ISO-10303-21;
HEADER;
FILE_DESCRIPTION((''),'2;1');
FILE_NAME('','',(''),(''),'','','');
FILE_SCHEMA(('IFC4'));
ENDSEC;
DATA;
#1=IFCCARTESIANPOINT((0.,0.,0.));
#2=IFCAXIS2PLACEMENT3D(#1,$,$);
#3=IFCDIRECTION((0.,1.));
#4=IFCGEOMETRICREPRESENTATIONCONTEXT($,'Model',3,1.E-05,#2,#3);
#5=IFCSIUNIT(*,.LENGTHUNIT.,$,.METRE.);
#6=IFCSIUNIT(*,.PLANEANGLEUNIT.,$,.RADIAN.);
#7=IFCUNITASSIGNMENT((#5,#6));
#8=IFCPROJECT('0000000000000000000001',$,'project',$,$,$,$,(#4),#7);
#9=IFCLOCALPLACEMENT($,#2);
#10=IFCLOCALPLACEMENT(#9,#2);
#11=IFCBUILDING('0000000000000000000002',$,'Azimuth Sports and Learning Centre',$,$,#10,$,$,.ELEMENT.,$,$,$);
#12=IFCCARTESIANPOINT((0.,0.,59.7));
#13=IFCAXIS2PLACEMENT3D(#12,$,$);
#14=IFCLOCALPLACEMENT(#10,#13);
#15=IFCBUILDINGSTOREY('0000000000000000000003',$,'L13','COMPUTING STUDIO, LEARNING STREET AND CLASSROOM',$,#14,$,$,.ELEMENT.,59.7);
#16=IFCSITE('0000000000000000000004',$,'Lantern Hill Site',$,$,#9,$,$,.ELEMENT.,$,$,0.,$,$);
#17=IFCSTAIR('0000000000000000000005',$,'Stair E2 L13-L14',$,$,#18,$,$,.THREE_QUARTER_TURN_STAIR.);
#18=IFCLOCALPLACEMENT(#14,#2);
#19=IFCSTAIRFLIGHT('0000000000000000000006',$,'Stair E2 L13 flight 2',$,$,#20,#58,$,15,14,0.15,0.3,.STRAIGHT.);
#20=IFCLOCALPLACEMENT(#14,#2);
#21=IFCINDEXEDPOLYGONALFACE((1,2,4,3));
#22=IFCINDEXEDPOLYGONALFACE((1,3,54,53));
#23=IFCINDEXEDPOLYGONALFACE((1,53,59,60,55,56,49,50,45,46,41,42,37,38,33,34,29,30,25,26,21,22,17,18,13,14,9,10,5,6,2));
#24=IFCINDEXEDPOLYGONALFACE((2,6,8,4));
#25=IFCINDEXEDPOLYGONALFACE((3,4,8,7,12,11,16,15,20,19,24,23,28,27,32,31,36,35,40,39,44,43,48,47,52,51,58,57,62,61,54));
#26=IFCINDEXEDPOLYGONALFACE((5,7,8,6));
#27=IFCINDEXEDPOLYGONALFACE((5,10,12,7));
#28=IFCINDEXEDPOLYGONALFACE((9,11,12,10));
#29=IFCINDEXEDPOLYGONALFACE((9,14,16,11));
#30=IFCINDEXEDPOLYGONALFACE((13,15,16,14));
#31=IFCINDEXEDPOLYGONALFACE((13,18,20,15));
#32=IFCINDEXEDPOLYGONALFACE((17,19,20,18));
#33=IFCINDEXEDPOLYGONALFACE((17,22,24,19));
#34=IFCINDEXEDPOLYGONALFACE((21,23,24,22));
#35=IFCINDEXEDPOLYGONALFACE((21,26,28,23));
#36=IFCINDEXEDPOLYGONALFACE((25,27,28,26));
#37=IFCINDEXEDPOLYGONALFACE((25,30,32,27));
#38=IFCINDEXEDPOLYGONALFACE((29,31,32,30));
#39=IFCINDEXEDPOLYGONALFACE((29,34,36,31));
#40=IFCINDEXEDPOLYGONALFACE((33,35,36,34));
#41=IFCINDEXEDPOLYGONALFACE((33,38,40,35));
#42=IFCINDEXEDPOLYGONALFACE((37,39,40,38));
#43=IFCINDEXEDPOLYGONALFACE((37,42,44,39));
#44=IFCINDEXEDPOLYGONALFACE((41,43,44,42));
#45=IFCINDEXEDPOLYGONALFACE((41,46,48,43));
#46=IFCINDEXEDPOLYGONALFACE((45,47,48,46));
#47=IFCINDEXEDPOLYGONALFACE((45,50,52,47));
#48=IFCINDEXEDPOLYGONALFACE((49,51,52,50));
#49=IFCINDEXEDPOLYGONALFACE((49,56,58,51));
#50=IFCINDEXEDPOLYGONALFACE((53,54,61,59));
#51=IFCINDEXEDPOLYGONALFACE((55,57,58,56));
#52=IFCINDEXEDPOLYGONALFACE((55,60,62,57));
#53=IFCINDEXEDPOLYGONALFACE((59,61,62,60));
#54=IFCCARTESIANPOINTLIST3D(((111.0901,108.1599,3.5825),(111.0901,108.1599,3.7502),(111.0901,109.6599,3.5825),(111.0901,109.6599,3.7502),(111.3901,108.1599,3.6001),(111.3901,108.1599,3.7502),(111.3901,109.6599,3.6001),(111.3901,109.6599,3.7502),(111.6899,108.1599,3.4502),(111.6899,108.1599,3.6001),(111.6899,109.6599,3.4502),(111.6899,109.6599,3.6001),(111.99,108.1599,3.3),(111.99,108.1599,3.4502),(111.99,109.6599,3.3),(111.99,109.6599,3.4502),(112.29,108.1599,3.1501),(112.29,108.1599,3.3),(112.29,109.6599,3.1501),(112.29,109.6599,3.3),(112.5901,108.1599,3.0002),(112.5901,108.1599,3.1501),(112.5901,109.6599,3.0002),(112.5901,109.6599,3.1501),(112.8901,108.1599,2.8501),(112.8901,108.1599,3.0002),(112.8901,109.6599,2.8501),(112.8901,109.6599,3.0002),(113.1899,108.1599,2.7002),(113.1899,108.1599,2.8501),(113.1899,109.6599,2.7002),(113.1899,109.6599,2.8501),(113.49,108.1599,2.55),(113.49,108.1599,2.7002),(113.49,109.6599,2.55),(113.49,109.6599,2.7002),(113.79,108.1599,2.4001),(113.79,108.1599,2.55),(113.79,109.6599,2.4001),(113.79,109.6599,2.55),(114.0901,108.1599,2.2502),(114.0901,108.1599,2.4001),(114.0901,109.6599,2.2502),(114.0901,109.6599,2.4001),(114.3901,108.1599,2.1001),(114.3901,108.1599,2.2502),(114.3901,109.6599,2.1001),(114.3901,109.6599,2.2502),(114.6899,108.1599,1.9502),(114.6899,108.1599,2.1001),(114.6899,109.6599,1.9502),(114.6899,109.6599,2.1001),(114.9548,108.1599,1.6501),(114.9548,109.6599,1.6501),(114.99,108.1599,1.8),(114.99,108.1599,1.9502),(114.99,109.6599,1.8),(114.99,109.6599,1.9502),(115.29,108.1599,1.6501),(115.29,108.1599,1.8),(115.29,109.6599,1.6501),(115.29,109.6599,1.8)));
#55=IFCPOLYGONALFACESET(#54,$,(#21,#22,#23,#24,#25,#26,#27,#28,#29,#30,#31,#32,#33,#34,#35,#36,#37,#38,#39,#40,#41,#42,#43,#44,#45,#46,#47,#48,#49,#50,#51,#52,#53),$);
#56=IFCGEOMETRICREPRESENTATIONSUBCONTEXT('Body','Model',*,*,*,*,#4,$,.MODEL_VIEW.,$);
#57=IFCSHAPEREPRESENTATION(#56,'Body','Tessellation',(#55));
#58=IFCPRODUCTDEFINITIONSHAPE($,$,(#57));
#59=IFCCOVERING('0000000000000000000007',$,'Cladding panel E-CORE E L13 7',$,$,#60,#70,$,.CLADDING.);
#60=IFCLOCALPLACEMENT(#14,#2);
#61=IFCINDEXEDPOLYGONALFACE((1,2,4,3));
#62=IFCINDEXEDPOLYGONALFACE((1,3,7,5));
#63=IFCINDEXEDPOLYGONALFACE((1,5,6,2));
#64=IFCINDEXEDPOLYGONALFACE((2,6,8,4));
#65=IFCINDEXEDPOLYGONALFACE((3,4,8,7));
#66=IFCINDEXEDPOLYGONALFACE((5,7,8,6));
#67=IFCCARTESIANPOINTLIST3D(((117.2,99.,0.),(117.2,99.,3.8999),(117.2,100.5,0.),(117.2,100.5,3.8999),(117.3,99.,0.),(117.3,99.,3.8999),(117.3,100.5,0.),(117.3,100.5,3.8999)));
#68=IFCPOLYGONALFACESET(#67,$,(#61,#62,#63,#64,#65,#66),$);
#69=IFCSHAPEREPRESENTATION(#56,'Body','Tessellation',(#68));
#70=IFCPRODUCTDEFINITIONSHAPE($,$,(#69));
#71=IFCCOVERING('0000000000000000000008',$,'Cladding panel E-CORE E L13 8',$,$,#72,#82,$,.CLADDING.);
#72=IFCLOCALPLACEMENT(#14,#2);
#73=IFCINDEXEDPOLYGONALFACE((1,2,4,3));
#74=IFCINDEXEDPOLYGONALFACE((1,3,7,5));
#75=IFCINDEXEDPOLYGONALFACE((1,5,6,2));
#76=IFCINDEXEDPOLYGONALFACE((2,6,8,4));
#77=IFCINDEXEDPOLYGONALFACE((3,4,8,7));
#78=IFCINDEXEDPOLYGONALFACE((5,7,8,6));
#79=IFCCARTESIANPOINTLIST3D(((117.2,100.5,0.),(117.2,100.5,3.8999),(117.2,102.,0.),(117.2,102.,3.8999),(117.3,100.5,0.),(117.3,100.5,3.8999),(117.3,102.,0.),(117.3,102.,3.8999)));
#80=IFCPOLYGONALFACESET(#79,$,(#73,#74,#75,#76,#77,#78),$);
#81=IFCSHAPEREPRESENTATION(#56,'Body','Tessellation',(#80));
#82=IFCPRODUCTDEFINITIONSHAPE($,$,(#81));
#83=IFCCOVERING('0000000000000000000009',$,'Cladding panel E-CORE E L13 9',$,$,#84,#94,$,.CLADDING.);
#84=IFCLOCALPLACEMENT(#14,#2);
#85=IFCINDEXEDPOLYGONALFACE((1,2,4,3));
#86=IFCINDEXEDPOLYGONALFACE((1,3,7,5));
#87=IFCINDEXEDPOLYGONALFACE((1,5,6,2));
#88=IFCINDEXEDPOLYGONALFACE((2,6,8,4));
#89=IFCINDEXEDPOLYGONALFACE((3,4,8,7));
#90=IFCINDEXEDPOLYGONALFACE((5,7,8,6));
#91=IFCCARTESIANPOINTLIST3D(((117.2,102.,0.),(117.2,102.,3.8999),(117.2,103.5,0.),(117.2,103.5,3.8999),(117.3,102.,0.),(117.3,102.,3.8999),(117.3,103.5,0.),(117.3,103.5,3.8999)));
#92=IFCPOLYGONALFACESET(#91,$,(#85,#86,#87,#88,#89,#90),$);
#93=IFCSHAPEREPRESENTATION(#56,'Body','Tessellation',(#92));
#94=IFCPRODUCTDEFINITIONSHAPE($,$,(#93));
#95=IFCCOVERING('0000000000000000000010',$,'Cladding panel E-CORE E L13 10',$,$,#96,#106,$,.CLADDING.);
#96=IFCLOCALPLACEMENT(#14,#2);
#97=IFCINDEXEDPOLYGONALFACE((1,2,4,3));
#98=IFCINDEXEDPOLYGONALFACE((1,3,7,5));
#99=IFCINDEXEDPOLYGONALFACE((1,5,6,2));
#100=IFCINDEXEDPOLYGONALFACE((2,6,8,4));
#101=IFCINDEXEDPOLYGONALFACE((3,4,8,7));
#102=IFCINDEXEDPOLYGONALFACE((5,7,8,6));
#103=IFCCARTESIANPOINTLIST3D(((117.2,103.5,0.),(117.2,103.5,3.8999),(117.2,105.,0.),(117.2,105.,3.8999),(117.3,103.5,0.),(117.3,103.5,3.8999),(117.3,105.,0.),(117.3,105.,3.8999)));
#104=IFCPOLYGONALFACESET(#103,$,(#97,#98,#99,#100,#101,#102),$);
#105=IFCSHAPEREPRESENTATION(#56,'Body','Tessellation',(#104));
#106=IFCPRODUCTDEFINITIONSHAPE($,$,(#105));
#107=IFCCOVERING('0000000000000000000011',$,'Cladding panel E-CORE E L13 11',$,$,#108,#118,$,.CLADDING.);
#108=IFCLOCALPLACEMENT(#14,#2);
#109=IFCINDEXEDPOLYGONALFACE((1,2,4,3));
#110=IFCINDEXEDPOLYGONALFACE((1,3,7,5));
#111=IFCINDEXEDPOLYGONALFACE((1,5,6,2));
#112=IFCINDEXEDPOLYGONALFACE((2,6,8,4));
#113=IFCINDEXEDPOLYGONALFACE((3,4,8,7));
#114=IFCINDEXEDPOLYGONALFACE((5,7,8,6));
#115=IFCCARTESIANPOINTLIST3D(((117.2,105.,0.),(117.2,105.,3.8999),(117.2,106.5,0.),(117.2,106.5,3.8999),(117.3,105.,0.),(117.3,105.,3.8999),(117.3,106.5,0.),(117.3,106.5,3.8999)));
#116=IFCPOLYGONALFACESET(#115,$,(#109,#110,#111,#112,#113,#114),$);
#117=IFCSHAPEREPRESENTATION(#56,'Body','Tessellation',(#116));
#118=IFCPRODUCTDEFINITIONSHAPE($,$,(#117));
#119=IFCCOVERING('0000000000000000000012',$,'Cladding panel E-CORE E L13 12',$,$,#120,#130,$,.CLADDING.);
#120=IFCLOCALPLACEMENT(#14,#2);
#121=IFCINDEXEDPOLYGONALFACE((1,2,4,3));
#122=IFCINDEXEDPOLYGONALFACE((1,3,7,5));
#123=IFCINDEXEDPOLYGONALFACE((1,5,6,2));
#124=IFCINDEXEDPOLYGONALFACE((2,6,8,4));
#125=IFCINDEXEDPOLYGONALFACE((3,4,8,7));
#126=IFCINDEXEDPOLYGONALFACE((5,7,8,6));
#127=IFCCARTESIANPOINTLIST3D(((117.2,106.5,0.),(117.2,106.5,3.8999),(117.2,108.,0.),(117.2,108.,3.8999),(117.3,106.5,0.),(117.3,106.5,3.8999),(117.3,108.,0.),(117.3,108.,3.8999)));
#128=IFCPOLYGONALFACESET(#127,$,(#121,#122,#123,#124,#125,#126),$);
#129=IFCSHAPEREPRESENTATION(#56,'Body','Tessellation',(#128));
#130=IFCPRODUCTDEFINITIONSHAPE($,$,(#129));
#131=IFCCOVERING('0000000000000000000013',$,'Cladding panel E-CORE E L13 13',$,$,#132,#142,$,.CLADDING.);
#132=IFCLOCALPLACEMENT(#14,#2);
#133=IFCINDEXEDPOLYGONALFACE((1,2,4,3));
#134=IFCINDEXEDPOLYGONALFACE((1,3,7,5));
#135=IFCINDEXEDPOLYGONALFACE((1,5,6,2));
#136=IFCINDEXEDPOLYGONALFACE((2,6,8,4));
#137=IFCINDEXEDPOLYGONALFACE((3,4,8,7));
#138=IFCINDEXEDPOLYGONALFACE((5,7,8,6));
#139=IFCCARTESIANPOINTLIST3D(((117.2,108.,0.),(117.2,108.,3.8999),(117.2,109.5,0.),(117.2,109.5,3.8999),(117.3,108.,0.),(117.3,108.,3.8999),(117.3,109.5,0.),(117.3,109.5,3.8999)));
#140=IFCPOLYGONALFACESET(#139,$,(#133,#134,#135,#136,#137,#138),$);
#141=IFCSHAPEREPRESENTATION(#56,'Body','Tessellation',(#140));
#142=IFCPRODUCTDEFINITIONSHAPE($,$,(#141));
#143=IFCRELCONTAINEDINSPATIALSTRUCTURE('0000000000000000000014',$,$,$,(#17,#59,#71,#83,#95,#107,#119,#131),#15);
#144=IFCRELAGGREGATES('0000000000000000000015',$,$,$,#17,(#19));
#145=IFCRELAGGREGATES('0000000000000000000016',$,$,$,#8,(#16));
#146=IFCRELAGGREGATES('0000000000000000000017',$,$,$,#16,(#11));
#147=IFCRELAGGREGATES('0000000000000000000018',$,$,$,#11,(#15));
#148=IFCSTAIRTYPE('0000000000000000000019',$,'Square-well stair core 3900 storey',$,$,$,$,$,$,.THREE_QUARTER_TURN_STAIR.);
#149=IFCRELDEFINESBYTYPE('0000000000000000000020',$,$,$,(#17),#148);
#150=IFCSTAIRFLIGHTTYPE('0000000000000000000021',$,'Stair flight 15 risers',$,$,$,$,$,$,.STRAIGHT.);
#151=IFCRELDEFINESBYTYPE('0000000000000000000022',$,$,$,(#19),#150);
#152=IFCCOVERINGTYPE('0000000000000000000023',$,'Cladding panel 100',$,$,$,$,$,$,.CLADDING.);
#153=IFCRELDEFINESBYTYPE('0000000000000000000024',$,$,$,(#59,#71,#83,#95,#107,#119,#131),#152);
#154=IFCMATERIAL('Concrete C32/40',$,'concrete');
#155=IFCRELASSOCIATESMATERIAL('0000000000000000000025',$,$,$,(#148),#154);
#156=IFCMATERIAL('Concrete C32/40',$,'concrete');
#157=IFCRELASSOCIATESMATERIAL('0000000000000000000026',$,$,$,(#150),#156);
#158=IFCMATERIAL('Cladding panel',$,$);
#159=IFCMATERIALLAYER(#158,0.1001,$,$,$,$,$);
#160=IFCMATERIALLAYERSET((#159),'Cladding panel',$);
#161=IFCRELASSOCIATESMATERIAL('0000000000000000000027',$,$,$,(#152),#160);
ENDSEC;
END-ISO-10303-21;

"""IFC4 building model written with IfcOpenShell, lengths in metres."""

from ifc_helpers import new_model, si_unit, direction, frame, origin, origin_2d, place, context, subcontext, project, spatial, polyline, rectangle, outline, extrude, material, layer, layer_set, type_object, element, aggregate, save


model = new_model("IFC4")

# Units and contexts
model_context = context("Model", 3, precision=1e-05, world=origin(), true_north=direction((0.0, 1.0)))
body_context = subcontext(model_context, "Body", "Model", "MODEL_VIEW")
ifc_project = project(units=[si_unit("LENGTHUNIT", "METRE"), si_unit("PLANEANGLEUNIT", "RADIAN")], contexts=[model_context])

# Site, building, storey
site_placement = place(None, origin())
site = spatial("IfcSite", under=ifc_project, at=site_placement, Name="Lantern Hill Site", CompositionType="ELEMENT", RefElevation=0.0)
building_placement = place(site_placement, origin())
building = spatial("IfcBuilding", under=site, at=building_placement, Name="Azimuth Sports and Learning Centre", CompositionType="ELEMENT")
storey_placement = place(building_placement, frame((0.0, 0.0, 59.7)))
storey = spatial("IfcBuildingStorey", under=building, at=storey_placement, Name="L13", Description="COMPUTING STUDIO, LEARNING STREET AND CLASSROOM", CompositionType="ELEMENT", Elevation=59.7)

# Stair, stair flight
ifc_material_1 = material(Name="Concrete C32/40", Category="concrete")
stair_type = type_object("IfcStairType", Name="Square-well stair core 3900 storey", PredefinedType="THREE_QUARTER_TURN_STAIR", material=ifc_material_1)
stair_placement = place(storey_placement, origin())
stair = element("IfcStair", 1, at=stair_placement, inside=storey, type_object=stair_type, Name="Stair E2 L13-L14", PredefinedType="THREE_QUARTER_TURN_STAIR")
ifc_material_2 = material(Name="Concrete C32/40", Category="concrete")
stair_flight_type = type_object("IfcStairFlightType", Name="Stair flight 15 risers", PredefinedType="STRAIGHT", material=ifc_material_2)
stair_flight_placement = place(storey_placement, frame((115.29, 108.9099, 1.6501), z_axis=(0.0, 0.0, 1.0), x_axis=(-1.0, 0.0, 0.0)))
stair_flight = element("IfcStairFlight", 2, at=stair_flight_placement, type_object=stair_flight_type, Name="Stair E2 L13 flight 2", NumberOfRisers=15, NumberOfTreads=14, PredefinedType="STRAIGHT", RiserHeight=0.15, TreadLength=0.3, context=body_context, shape_type="SweptSolid", body=[
    extrude(outline(polyline([(0.0, 0.0), (0.0, 0.1499), (0.3, 0.1499), (0.3, 0.3), (0.6001, 0.3), (0.6001, 0.45), (0.8999, 0.45), (0.8999, 0.6001), (1.2, 0.6001), (1.2, 0.75), (1.5, 0.75), (1.5, 0.8999), (1.8, 0.8999), (1.8, 1.05), (2.1001, 1.05), (2.1001, 1.2), (2.3999, 1.2), (2.3999, 1.3501), (2.7, 1.3501), (2.7, 1.5), (3.0, 1.5), (3.0, 1.6499), (3.3, 1.6499), (3.3, 1.8), (3.6001, 1.8), (3.6001, 1.95), (3.8999, 1.95), (3.8999, 2.1001), (4.2, 2.1001), (4.2, 2.25), (4.2, 1.9324), (0.3352, 0.0), (0.0, 0.0)])), frame((0.0, 0.75, 0.0), z_axis=(0.0, -1.0, 0.0), x_axis=(1.0, 0.0, 0.0)), (0.0, 0.0, 1.0), 1.5),
])
aggregate(stair, [stair_flight])

# Coverings
ifc_material_3 = material(Name="Cladding panel")
ifc_layer_1 = layer(ifc_material_3, 0.1001)
ifc_layer_set_1 = layer_set([ifc_layer_1], Name="Cladding panel")
covering_type = type_object("IfcCoveringType", Name="Cladding panel 100", PredefinedType="CLADDING", material=ifc_layer_set_1)
for number, where, z_axis, x_axis, name in (
    (3, (117.25, 99.75, 0.0), (0.0, 0.0, 1.0), (0.0, 1.0, 0.0), "Cladding panel E-CORE E L13 7"),
    (4, (117.25, 101.25, 0.0), (0.0, 0.0, 1.0), (0.0, 1.0, 0.0), "Cladding panel E-CORE E L13 8"),
    (5, (117.25, 102.75, 0.0), (0.0, 0.0, 1.0), (0.0, 1.0, 0.0), "Cladding panel E-CORE E L13 9"),
    (6, (117.25, 104.25, 0.0), (0.0, 0.0, 1.0), (0.0, 1.0, 0.0), "Cladding panel E-CORE E L13 10"),
    (7, (117.25, 105.75, 0.0), (0.0, 0.0, 1.0), (0.0, 1.0, 0.0), "Cladding panel E-CORE E L13 11"),
    (8, (117.25, 107.25, 0.0), (0.0, 0.0, 1.0), (0.0, 1.0, 0.0), "Cladding panel E-CORE E L13 12"),
    (9, (117.25, 108.75, 0.0), (0.0, 0.0, 1.0), (0.0, 1.0, 0.0), "Cladding panel E-CORE E L13 13"),
):
    element("IfcCovering", number, at=place(storey_placement, frame(where, z_axis=z_axis, x_axis=x_axis)), inside=storey, type_object=covering_type, Name=name, PredefinedType="CLADDING", context=body_context, shape_type="SweptSolid", body=[
        extrude(rectangle(XDim=1.5, YDim=0.1001, at=origin_2d()), origin(), (0.0, 0.0, 1.0), 3.8999),
    ])

save(model, "model.ifc")
